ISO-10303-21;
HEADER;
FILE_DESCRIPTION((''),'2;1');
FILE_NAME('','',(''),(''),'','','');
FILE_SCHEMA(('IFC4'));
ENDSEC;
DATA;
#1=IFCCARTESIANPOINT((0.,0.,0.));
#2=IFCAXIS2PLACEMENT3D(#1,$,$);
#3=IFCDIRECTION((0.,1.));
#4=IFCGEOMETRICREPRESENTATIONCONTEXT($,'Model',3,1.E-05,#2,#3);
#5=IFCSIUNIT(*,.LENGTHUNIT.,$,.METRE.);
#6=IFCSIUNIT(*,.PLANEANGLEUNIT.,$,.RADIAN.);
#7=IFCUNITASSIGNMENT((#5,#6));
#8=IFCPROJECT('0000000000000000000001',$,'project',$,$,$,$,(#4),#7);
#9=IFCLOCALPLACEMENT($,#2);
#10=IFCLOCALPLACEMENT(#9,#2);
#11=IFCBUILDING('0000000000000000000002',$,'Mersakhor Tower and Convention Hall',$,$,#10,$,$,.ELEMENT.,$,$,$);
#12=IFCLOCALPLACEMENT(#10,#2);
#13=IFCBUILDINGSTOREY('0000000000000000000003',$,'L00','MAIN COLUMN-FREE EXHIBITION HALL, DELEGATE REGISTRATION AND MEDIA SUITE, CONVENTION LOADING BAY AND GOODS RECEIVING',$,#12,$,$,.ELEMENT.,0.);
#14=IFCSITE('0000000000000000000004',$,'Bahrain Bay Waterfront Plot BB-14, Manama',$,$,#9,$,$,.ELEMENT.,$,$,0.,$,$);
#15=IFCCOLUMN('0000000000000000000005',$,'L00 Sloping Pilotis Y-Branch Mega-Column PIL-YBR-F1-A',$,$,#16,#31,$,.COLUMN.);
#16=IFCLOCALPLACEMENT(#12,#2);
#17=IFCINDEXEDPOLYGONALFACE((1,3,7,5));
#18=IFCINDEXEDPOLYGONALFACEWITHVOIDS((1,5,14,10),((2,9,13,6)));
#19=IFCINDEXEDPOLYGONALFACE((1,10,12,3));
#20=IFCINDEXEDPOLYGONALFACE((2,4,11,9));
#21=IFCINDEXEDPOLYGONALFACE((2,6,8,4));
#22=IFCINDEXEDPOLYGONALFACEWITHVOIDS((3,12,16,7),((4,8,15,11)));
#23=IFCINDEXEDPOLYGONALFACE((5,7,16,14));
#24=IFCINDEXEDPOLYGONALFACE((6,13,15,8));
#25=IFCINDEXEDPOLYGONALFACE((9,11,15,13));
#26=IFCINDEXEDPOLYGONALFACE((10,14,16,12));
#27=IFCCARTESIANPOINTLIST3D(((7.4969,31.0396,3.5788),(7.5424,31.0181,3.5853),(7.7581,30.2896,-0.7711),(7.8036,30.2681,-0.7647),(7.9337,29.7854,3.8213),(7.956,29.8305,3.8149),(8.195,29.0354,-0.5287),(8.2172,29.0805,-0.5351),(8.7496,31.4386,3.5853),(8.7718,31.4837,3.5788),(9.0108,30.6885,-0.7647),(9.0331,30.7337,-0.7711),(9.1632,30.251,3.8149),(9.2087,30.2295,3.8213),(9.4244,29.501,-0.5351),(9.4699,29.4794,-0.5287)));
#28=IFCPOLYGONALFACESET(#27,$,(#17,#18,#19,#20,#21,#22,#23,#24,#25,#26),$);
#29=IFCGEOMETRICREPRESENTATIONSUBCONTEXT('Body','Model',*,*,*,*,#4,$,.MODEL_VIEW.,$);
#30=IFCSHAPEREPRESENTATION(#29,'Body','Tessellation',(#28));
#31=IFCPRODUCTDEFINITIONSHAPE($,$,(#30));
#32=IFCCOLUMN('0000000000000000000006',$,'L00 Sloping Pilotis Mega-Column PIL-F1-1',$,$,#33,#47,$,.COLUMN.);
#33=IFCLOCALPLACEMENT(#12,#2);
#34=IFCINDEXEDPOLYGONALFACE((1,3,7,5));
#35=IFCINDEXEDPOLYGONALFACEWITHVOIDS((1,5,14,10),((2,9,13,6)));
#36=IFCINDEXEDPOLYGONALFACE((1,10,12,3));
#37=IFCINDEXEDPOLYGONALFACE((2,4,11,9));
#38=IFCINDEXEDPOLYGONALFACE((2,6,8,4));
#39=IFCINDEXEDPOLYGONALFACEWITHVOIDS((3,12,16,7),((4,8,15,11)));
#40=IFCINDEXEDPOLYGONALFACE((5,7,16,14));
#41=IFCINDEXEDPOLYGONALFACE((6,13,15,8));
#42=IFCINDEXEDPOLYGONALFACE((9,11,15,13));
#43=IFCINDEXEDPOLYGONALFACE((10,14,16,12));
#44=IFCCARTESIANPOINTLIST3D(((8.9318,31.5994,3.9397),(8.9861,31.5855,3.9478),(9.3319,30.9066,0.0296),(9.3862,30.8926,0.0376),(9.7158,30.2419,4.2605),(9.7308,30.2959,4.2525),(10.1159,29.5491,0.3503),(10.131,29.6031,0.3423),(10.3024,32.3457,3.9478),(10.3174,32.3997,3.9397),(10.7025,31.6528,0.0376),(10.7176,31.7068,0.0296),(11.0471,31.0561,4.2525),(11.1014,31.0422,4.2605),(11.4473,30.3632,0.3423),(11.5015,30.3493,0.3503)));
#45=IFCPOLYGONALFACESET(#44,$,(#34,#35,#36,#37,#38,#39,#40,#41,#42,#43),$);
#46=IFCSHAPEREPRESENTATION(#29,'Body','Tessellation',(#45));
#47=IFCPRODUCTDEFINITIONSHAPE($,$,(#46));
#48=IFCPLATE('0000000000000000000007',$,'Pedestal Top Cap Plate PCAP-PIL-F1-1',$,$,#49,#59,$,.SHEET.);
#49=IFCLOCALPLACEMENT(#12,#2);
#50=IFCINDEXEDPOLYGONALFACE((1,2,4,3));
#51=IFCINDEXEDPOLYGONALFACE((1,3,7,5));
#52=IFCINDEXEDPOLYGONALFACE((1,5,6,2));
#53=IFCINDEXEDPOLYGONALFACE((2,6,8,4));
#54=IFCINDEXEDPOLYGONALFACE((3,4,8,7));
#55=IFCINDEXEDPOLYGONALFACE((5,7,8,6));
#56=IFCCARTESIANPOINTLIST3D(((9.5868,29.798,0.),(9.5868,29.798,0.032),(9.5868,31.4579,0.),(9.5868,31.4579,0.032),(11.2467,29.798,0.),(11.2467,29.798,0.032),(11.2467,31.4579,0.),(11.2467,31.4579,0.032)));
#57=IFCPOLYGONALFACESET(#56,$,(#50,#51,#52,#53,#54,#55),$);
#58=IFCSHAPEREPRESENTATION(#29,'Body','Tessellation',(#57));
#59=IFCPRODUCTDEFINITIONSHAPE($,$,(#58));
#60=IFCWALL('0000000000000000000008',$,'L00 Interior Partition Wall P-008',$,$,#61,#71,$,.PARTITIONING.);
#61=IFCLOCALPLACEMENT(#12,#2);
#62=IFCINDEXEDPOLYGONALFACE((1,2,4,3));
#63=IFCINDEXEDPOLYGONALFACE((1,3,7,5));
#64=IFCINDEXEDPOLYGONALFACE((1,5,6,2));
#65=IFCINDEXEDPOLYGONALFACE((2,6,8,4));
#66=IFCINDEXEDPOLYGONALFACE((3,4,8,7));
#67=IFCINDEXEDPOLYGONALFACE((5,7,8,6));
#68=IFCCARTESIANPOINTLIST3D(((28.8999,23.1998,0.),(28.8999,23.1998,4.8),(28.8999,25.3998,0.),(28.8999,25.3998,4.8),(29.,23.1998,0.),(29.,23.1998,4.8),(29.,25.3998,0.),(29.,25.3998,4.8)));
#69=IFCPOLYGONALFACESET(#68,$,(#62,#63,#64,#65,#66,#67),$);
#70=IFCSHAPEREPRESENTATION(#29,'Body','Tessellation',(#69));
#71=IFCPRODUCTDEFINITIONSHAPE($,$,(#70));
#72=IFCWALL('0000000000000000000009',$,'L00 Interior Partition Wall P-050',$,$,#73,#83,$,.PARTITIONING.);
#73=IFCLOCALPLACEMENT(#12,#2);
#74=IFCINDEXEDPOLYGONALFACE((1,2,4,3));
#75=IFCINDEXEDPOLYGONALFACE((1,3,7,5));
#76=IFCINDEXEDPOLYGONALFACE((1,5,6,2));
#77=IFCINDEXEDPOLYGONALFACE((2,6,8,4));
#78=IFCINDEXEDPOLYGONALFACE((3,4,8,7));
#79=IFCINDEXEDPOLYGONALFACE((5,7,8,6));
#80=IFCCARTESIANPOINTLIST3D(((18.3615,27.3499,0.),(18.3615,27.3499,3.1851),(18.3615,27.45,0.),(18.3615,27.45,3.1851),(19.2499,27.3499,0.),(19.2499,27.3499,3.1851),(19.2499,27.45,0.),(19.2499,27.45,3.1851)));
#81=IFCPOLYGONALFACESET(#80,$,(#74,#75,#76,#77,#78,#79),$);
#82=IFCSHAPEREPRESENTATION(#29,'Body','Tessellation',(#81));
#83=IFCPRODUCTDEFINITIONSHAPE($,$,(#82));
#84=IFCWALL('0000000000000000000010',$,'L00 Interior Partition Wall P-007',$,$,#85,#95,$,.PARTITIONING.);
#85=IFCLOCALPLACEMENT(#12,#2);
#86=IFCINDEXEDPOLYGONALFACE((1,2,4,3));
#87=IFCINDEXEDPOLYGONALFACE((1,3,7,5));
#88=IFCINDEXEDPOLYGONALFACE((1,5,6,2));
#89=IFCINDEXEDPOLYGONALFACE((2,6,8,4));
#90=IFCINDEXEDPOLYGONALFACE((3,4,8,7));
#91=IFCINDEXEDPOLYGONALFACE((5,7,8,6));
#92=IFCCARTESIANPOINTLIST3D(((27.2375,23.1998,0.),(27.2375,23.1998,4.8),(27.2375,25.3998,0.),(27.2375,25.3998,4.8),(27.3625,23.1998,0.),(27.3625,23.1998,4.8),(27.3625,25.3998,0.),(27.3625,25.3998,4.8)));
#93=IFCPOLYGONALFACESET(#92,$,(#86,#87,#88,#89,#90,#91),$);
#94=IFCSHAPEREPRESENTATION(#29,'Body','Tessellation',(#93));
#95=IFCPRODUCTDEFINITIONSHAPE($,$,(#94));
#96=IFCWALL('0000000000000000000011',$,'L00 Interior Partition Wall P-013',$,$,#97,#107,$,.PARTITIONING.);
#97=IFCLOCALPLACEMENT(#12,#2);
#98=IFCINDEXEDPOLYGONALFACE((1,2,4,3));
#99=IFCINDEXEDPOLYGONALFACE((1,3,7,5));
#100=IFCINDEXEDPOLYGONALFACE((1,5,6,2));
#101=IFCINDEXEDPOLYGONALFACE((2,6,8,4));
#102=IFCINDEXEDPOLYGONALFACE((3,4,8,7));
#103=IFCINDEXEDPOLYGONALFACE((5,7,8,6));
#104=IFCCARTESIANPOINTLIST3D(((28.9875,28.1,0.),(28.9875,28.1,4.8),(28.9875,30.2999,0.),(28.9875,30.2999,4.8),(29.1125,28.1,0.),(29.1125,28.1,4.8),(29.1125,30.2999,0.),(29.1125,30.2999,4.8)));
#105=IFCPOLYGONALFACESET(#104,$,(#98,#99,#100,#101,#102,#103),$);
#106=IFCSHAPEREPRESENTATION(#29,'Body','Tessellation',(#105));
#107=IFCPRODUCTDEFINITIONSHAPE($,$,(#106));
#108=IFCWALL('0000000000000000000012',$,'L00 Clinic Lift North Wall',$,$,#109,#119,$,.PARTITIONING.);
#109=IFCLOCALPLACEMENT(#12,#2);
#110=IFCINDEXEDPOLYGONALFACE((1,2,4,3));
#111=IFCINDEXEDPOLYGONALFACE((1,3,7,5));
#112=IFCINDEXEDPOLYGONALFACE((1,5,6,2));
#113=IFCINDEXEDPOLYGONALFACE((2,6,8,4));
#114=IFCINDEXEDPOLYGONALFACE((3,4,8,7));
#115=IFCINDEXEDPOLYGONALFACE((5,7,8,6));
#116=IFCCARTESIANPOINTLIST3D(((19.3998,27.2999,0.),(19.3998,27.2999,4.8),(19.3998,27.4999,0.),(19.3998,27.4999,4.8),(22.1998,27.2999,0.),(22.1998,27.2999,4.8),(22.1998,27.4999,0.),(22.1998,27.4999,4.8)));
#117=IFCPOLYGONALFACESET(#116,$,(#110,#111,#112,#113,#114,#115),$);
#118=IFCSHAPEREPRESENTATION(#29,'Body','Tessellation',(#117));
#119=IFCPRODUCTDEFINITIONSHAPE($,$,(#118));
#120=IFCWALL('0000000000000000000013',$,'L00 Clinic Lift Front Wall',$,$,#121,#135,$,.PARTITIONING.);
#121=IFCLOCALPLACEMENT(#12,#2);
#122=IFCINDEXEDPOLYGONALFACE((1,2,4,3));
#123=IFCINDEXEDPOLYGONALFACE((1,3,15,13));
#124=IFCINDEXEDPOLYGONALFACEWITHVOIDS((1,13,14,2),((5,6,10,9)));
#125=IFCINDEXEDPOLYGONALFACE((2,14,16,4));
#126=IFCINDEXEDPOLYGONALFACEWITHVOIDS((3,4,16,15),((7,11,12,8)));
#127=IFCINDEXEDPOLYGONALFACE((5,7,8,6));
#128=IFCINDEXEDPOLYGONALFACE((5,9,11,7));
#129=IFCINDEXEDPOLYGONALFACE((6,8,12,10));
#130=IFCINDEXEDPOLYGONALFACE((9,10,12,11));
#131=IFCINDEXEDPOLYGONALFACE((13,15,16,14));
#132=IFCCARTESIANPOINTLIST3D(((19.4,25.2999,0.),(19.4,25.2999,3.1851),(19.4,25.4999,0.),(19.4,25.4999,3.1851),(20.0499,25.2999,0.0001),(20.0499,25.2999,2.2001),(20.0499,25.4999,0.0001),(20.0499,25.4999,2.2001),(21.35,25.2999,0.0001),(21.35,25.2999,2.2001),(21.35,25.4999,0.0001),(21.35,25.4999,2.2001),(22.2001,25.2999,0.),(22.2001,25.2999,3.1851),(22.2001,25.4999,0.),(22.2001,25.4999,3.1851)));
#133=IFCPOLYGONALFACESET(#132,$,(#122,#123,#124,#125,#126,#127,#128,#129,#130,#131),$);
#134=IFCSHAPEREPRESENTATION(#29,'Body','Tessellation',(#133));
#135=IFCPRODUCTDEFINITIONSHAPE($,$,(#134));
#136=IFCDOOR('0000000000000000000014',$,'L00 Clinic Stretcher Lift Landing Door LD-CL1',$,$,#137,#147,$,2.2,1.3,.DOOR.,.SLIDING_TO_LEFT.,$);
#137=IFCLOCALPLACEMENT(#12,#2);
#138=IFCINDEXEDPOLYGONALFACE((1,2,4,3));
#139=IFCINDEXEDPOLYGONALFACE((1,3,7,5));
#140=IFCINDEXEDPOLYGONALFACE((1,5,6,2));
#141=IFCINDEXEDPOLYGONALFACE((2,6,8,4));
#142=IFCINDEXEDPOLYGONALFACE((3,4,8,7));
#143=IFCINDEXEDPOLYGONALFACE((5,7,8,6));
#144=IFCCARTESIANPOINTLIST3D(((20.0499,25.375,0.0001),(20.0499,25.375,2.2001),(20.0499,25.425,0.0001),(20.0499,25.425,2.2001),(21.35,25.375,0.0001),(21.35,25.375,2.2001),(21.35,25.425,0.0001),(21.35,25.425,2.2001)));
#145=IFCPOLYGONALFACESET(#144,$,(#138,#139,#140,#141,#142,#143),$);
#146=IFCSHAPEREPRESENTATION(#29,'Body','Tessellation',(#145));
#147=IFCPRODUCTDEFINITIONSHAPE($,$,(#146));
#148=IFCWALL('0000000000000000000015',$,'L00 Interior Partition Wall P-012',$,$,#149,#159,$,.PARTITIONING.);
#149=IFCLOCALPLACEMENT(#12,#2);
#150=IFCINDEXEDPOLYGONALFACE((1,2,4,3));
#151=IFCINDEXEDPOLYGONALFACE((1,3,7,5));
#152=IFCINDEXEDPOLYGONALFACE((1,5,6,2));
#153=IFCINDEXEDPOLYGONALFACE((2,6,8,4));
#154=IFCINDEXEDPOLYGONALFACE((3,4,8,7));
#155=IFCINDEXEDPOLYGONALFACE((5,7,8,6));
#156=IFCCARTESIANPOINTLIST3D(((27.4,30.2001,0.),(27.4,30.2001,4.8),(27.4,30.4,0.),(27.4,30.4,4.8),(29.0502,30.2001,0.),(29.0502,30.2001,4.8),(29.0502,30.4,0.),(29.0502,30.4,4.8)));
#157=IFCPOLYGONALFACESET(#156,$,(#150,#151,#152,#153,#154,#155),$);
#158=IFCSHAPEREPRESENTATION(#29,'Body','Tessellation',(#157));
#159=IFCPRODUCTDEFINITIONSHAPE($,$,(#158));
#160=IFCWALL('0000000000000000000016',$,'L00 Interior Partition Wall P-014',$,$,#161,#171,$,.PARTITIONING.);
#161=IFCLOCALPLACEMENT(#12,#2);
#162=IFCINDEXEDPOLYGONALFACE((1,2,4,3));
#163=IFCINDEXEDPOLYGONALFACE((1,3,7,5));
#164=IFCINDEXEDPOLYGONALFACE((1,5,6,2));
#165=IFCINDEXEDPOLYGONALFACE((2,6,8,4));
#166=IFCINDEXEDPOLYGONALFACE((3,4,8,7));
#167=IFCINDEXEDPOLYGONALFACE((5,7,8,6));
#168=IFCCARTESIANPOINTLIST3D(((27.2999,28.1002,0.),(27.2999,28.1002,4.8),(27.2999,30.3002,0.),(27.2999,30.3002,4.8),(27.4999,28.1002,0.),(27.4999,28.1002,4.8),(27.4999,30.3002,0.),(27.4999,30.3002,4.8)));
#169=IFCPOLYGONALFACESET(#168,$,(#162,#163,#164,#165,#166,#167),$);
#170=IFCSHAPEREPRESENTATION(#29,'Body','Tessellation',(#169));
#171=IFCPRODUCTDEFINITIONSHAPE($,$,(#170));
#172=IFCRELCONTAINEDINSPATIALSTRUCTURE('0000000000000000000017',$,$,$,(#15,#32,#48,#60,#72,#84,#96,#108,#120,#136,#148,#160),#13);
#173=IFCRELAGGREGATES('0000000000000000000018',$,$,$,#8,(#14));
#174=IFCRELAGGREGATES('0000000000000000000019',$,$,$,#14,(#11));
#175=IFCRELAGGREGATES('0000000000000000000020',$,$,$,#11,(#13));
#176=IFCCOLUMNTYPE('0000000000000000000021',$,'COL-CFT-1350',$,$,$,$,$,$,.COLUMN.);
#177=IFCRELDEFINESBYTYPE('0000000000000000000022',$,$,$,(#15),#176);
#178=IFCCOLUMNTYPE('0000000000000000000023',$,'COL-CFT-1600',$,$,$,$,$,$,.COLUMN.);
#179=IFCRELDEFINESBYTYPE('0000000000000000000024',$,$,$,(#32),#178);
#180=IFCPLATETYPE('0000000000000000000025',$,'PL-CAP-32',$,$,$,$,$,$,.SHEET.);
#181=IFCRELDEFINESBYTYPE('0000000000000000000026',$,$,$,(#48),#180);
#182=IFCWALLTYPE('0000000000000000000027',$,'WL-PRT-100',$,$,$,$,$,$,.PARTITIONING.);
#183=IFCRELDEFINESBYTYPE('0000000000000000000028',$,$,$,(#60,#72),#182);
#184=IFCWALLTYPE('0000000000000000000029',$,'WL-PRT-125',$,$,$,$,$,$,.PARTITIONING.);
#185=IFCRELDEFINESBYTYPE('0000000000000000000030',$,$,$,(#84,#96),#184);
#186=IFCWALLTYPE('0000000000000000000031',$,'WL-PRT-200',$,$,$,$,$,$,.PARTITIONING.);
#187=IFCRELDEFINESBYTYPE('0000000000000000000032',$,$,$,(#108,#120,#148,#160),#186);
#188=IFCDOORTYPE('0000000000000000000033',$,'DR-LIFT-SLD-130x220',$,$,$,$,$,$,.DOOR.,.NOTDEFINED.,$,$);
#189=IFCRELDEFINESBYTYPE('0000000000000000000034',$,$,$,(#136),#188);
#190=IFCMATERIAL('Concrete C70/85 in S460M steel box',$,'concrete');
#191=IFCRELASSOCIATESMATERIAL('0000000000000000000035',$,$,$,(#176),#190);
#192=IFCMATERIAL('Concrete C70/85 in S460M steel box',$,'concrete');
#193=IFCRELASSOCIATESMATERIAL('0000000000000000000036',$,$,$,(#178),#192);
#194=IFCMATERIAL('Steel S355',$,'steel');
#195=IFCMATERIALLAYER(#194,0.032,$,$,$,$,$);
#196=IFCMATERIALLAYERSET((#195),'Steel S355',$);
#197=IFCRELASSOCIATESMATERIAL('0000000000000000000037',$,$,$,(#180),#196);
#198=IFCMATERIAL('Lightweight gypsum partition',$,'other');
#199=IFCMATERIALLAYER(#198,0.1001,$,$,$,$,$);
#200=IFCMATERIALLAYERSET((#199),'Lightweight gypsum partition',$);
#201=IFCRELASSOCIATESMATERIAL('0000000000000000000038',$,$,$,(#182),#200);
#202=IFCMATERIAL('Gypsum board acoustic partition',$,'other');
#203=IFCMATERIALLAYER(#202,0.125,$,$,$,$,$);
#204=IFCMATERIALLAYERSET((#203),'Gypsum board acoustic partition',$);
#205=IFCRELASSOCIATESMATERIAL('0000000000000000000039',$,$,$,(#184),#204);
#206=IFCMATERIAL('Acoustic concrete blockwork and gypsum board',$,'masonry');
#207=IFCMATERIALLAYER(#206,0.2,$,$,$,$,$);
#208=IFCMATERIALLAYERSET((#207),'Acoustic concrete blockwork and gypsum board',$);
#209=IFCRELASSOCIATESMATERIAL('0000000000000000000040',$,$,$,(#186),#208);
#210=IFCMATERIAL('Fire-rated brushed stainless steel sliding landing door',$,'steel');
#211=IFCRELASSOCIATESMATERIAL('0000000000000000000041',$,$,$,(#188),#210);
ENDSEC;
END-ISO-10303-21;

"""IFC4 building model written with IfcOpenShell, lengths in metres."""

from ifc_helpers import new_model, si_unit, direction, frame, frame_2d, origin, origin_2d, place, context, subcontext, project, spatial, rectangle, hollow_rectangle, extrude, material, layer, layer_set, material_profile, profile_set, type_object, element, fill, save


model = new_model("IFC4")

# Units and contexts
model_context = context("Model", 3, precision=1e-05, world=origin(), true_north=direction((0.0, 1.0)))
body_context = subcontext(model_context, "Body", "Model", "MODEL_VIEW")
ifc_project = project(units=[si_unit("LENGTHUNIT", "METRE"), si_unit("PLANEANGLEUNIT", "RADIAN")], contexts=[model_context])

# Site, building, storey
site_placement = place(None, origin())
site = spatial("IfcSite", under=ifc_project, at=site_placement, Name="Bahrain Bay Waterfront Plot BB-14, Manama", CompositionType="ELEMENT", RefElevation=0.0)
building_placement = place(site_placement, origin())
building = spatial("IfcBuilding", under=site, at=building_placement, Name="Mersakhor Tower and Convention Hall", CompositionType="ELEMENT")
storey_placement = place(building_placement, origin())
storey = spatial("IfcBuildingStorey", under=building, at=storey_placement, Name="L00", Description="MAIN COLUMN-FREE EXHIBITION HALL, DELEGATE REGISTRATION AND MEDIA SUITE, CONVENTION LOADING BAY AND GOODS RECEIVING", CompositionType="ELEMENT", Elevation=0.0)

# Columns
ifc_material_1 = material(Name="Concrete C70/85 in S460M steel box", Category="concrete")
ifc_material_profile_1 = material_profile(ifc_material_1, hollow_rectangle(XDim=1.3501, YDim=1.3501, WallThickness=0.0359, at=origin_2d()), Name="SHS 1350x1350x36")
ifc_profile_set_1 = profile_set([ifc_material_profile_1], Name="Concrete C70/85 in S460M steel box")
column_type_1 = type_object("IfcColumnType", Name="COL-CFT-1350", PredefinedType="COLUMN", material=ifc_profile_set_1)
column_1_placement = place(storey_placement, frame((8.614, 29.8845, -0.6499), z_axis=(-0.059078, 0.169616, 0.983738), x_axis=(-0.944356, -0.328926, 0.0)))
element("IfcColumn", 1, at=column_1_placement, inside=storey, type_object=column_type_1, Name="L00 Sloping Pilotis Y-Branch Mega-Column PIL-YBR-F1-A", PredefinedType="COLUMN", context=body_context, shape_type="SweptSolid", body=[
    extrude(hollow_rectangle(XDim=1.3501, YDim=1.3501, WallThickness=0.0359, at=origin_2d()), origin(), (0.0, 0.0, 1.0), 4.4219),
])
ifc_material_2 = material(Name="Concrete C70/85 in S460M steel box", Category="concrete")
ifc_material_profile_2 = material_profile(ifc_material_2, hollow_rectangle(XDim=1.6001, YDim=1.6001, WallThickness=0.04, at=origin_2d()), Name="SHS 1600x1600x40")
ifc_profile_set_2 = profile_set([ifc_material_profile_2], Name="Concrete C70/85 in S460M steel box")
column_type_2 = type_object("IfcColumnType", Name="COL-CFT-1600", PredefinedType="COLUMN", material=ifc_profile_set_2)
column_2_placement = place(storey_placement, frame((10.4167, 30.6279, 0.1899), z_axis=(-0.100258, 0.173601, 0.9797), x_axis=(-0.865962, -0.50011, 0.0)))
element("IfcColumn", 2, at=column_2_placement, inside=storey, type_object=column_type_2, Name="L00 Sloping Pilotis Mega-Column PIL-F1-1", PredefinedType="COLUMN", context=body_context, shape_type="SweptSolid", body=[
    extrude(hollow_rectangle(XDim=1.6001, YDim=1.6001, WallThickness=0.04, at=origin_2d()), origin(), (0.0, 0.0, 1.0), 3.9912),
])

# Plate
ifc_material_3 = material(Name="Steel S355", Category="steel")
ifc_layer_1 = layer(ifc_material_3, 0.032)
ifc_layer_set_1 = layer_set([ifc_layer_1], Name="Steel S355")
plate_type = type_object("IfcPlateType", Name="PL-CAP-32", PredefinedType="SHEET", material=ifc_layer_set_1)
plate_placement = place(storey_placement, frame((10.4167, 30.6279, 0.0), z_axis=(0.0, 0.0, 1.0), x_axis=(1.0, 0.0, 0.0)))
element("IfcPlate", 3, at=plate_placement, inside=storey, type_object=plate_type, Name="Pedestal Top Cap Plate PCAP-PIL-F1-1", PredefinedType="SHEET", context=body_context, shape_type="SweptSolid", body=[
    extrude(rectangle(XDim=1.6599, YDim=1.6599, at=origin_2d()), origin(), (0.0, 0.0, 1.0), 0.032),
])

# Walls
ifc_material_4 = material(Name="Lightweight gypsum partition", Category="other")
ifc_layer_2 = layer(ifc_material_4, 0.1001)
ifc_layer_set_2 = layer_set([ifc_layer_2], Name="Lightweight gypsum partition")
wall_type_1 = type_object("IfcWallType", Name="WL-PRT-100", PredefinedType="PARTITIONING", material=ifc_layer_set_2)
wall_1_placement = place(storey_placement, frame((28.95, 25.3999, 0.0), z_axis=(0.0, 0.0, 1.0), x_axis=(0.0, -1.0, 0.0)))
element("IfcWall", 4, at=wall_1_placement, inside=storey, type_object=wall_type_1, Name="L00 Interior Partition Wall P-008", PredefinedType="PARTITIONING", context=body_context, shape_type="SweptSolid", body=[
    extrude(rectangle(XDim=2.2, YDim=0.1001, at=frame_2d((1.1001, 0.0))), origin(), (0.0, 0.0, 1.0), 4.8),
])
wall_2_placement = place(storey_placement, frame((19.25, 27.3999, 0.0), z_axis=(0.0, 0.0, 1.0), x_axis=(-1.0, 0.0, 0.0)))
element("IfcWall", 5, at=wall_2_placement, inside=storey, type_object=wall_type_1, Name="L00 Interior Partition Wall P-050", PredefinedType="PARTITIONING", context=body_context, shape_type="SweptSolid", body=[
    extrude(rectangle(XDim=0.8884, YDim=0.1001, at=frame_2d((0.4443, 0.0))), origin(), (0.0, 0.0, 1.0), 3.1851),
])
ifc_material_5 = material(Name="Gypsum board acoustic partition", Category="other")
ifc_layer_3 = layer(ifc_material_5, 0.125)
ifc_layer_set_3 = layer_set([ifc_layer_3], Name="Gypsum board acoustic partition")
wall_type_2 = type_object("IfcWallType", Name="WL-PRT-125", PredefinedType="PARTITIONING", material=ifc_layer_set_3)
for number, where, z_axis, x_axis, name in (
    (6, (27.3, 25.3999, 0.0), (0.0, 0.0, 1.0), (0.0, -1.0, 0.0), "L00 Interior Partition Wall P-007"),
    (7, (29.05, 30.3, 0.0), (0.0, 0.0, 1.0), (0.0, -1.0, 0.0), "L00 Interior Partition Wall P-013"),
):
    element("IfcWall", number, at=place(storey_placement, frame(where, z_axis=z_axis, x_axis=x_axis)), inside=storey, type_object=wall_type_2, Name=name, PredefinedType="PARTITIONING", context=body_context, shape_type="SweptSolid", body=[
        extrude(rectangle(XDim=2.2, YDim=0.125, at=frame_2d((1.1001, 0.0))), origin(), (0.0, 0.0, 1.0), 4.8),
    ])

# Shared definitions
ifc_material_6 = material(Name="Acoustic concrete blockwork and gypsum board", Category="masonry")
ifc_layer_4 = layer(ifc_material_6, 0.2)
ifc_layer_set_4 = layer_set([ifc_layer_4], Name="Acoustic concrete blockwork and gypsum board")
wall_type_3 = type_object("IfcWallType", Name="WL-PRT-200", PredefinedType="PARTITIONING", material=ifc_layer_set_4)

# Wall
wall_3_placement = place(storey_placement, frame((19.3999, 27.3999, 0.0), z_axis=(0.0, 0.0, 1.0), x_axis=(1.0, 0.0, 0.0)))
element("IfcWall", 8, at=wall_3_placement, inside=storey, type_object=wall_type_3, Name="L00 Clinic Lift North Wall", PredefinedType="PARTITIONING", context=body_context, shape_type="SweptSolid", body=[
    extrude(rectangle(XDim=2.8, YDim=0.2, at=frame_2d((1.3999, 0.0))), origin(), (0.0, 0.0, 1.0), 4.8),
])

# Wall, opening, door
wall_4_placement = place(storey_placement, frame((22.2, 25.3999, 0.0), z_axis=(0.0, 0.0, 1.0), x_axis=(-1.0, 0.0, 0.0)))
wall_4 = element("IfcWall", 9, at=wall_4_placement, inside=storey, type_object=wall_type_3, Name="L00 Clinic Lift Front Wall", PredefinedType="PARTITIONING", context=body_context, shape_type="SweptSolid", body=[
    extrude(rectangle(XDim=2.8, YDim=0.2, at=frame_2d((1.3999, 0.0))), origin(), (0.0, 0.0, 1.0), 3.1851),
])
opening_1_placement = place(wall_4_placement, frame((0.8501, 0.0, 0.0)))
opening_1 = element("IfcOpeningElement", 10, at=opening_1_placement, cuts=wall_4, PredefinedType="OPENING", context=body_context, shape_type="SweptSolid", body=[
    extrude(rectangle(XDim=1.3, YDim=2.2, at=frame_2d((0.6499, 1.1001))), frame((0.0, 0.1099, 0.0), z_axis=(0.0, -1.0, 0.0), x_axis=(1.0, 0.0, 0.0)), (0.0, 0.0, 1.0), 0.22),
])
ifc_material_7 = material(Name="Fire-rated brushed stainless steel sliding landing door", Category="steel")
door_type_1 = type_object("IfcDoorType", Name="DR-LIFT-SLD-130x220", OperationType="NOTDEFINED", PredefinedType="DOOR", material=ifc_material_7)
door_1_placement = place(opening_1_placement, origin())
door_1 = element("IfcDoor", 11, at=door_1_placement, inside=storey, type_object=door_type_1, Name="L00 Clinic Stretcher Lift Landing Door LD-CL1", OperationType="SLIDING_TO_LEFT", OverallHeight=2.2, OverallWidth=1.3, PredefinedType="DOOR", context=body_context, shape_type="SweptSolid", body=[
    extrude(rectangle(XDim=1.3, YDim=2.2, at=frame_2d((0.6499, 1.1001))), frame((0.0, 0.0249, 0.0), z_axis=(0.0, -1.0, 0.0), x_axis=(1.0, 0.0, 0.0)), (0.0, 0.0, 1.0), 0.05),
])
fill(opening_1, door_1)

# Walls
wall_5_placement = place(storey_placement, frame((27.3999, 30.3, 0.0), z_axis=(0.0, 0.0, 1.0), x_axis=(1.0, 0.0, 0.0)))
element("IfcWall", 12, at=wall_5_placement, inside=storey, type_object=wall_type_3, Name="L00 Interior Partition Wall P-012", PredefinedType="PARTITIONING", context=body_context, shape_type="SweptSolid", body=[
    extrude(rectangle(XDim=1.6501, YDim=0.2, at=frame_2d((0.8252, 0.0))), origin(), (0.0, 0.0, 1.0), 4.8),
])
wall_6_placement = place(storey_placement, frame((27.3999, 28.1001, 0.0), z_axis=(0.0, 0.0, 1.0), x_axis=(0.0, 1.0, 0.0)))
element("IfcWall", 13, at=wall_6_placement, inside=storey, type_object=wall_type_3, Name="L00 Interior Partition Wall P-014", PredefinedType="PARTITIONING", context=body_context, shape_type="SweptSolid", body=[
    extrude(rectangle(XDim=2.2, YDim=0.2, at=frame_2d((1.1001, 0.0))), origin(), (0.0, 0.0, 1.0), 4.8),
])

save(model, "model.ifc")
